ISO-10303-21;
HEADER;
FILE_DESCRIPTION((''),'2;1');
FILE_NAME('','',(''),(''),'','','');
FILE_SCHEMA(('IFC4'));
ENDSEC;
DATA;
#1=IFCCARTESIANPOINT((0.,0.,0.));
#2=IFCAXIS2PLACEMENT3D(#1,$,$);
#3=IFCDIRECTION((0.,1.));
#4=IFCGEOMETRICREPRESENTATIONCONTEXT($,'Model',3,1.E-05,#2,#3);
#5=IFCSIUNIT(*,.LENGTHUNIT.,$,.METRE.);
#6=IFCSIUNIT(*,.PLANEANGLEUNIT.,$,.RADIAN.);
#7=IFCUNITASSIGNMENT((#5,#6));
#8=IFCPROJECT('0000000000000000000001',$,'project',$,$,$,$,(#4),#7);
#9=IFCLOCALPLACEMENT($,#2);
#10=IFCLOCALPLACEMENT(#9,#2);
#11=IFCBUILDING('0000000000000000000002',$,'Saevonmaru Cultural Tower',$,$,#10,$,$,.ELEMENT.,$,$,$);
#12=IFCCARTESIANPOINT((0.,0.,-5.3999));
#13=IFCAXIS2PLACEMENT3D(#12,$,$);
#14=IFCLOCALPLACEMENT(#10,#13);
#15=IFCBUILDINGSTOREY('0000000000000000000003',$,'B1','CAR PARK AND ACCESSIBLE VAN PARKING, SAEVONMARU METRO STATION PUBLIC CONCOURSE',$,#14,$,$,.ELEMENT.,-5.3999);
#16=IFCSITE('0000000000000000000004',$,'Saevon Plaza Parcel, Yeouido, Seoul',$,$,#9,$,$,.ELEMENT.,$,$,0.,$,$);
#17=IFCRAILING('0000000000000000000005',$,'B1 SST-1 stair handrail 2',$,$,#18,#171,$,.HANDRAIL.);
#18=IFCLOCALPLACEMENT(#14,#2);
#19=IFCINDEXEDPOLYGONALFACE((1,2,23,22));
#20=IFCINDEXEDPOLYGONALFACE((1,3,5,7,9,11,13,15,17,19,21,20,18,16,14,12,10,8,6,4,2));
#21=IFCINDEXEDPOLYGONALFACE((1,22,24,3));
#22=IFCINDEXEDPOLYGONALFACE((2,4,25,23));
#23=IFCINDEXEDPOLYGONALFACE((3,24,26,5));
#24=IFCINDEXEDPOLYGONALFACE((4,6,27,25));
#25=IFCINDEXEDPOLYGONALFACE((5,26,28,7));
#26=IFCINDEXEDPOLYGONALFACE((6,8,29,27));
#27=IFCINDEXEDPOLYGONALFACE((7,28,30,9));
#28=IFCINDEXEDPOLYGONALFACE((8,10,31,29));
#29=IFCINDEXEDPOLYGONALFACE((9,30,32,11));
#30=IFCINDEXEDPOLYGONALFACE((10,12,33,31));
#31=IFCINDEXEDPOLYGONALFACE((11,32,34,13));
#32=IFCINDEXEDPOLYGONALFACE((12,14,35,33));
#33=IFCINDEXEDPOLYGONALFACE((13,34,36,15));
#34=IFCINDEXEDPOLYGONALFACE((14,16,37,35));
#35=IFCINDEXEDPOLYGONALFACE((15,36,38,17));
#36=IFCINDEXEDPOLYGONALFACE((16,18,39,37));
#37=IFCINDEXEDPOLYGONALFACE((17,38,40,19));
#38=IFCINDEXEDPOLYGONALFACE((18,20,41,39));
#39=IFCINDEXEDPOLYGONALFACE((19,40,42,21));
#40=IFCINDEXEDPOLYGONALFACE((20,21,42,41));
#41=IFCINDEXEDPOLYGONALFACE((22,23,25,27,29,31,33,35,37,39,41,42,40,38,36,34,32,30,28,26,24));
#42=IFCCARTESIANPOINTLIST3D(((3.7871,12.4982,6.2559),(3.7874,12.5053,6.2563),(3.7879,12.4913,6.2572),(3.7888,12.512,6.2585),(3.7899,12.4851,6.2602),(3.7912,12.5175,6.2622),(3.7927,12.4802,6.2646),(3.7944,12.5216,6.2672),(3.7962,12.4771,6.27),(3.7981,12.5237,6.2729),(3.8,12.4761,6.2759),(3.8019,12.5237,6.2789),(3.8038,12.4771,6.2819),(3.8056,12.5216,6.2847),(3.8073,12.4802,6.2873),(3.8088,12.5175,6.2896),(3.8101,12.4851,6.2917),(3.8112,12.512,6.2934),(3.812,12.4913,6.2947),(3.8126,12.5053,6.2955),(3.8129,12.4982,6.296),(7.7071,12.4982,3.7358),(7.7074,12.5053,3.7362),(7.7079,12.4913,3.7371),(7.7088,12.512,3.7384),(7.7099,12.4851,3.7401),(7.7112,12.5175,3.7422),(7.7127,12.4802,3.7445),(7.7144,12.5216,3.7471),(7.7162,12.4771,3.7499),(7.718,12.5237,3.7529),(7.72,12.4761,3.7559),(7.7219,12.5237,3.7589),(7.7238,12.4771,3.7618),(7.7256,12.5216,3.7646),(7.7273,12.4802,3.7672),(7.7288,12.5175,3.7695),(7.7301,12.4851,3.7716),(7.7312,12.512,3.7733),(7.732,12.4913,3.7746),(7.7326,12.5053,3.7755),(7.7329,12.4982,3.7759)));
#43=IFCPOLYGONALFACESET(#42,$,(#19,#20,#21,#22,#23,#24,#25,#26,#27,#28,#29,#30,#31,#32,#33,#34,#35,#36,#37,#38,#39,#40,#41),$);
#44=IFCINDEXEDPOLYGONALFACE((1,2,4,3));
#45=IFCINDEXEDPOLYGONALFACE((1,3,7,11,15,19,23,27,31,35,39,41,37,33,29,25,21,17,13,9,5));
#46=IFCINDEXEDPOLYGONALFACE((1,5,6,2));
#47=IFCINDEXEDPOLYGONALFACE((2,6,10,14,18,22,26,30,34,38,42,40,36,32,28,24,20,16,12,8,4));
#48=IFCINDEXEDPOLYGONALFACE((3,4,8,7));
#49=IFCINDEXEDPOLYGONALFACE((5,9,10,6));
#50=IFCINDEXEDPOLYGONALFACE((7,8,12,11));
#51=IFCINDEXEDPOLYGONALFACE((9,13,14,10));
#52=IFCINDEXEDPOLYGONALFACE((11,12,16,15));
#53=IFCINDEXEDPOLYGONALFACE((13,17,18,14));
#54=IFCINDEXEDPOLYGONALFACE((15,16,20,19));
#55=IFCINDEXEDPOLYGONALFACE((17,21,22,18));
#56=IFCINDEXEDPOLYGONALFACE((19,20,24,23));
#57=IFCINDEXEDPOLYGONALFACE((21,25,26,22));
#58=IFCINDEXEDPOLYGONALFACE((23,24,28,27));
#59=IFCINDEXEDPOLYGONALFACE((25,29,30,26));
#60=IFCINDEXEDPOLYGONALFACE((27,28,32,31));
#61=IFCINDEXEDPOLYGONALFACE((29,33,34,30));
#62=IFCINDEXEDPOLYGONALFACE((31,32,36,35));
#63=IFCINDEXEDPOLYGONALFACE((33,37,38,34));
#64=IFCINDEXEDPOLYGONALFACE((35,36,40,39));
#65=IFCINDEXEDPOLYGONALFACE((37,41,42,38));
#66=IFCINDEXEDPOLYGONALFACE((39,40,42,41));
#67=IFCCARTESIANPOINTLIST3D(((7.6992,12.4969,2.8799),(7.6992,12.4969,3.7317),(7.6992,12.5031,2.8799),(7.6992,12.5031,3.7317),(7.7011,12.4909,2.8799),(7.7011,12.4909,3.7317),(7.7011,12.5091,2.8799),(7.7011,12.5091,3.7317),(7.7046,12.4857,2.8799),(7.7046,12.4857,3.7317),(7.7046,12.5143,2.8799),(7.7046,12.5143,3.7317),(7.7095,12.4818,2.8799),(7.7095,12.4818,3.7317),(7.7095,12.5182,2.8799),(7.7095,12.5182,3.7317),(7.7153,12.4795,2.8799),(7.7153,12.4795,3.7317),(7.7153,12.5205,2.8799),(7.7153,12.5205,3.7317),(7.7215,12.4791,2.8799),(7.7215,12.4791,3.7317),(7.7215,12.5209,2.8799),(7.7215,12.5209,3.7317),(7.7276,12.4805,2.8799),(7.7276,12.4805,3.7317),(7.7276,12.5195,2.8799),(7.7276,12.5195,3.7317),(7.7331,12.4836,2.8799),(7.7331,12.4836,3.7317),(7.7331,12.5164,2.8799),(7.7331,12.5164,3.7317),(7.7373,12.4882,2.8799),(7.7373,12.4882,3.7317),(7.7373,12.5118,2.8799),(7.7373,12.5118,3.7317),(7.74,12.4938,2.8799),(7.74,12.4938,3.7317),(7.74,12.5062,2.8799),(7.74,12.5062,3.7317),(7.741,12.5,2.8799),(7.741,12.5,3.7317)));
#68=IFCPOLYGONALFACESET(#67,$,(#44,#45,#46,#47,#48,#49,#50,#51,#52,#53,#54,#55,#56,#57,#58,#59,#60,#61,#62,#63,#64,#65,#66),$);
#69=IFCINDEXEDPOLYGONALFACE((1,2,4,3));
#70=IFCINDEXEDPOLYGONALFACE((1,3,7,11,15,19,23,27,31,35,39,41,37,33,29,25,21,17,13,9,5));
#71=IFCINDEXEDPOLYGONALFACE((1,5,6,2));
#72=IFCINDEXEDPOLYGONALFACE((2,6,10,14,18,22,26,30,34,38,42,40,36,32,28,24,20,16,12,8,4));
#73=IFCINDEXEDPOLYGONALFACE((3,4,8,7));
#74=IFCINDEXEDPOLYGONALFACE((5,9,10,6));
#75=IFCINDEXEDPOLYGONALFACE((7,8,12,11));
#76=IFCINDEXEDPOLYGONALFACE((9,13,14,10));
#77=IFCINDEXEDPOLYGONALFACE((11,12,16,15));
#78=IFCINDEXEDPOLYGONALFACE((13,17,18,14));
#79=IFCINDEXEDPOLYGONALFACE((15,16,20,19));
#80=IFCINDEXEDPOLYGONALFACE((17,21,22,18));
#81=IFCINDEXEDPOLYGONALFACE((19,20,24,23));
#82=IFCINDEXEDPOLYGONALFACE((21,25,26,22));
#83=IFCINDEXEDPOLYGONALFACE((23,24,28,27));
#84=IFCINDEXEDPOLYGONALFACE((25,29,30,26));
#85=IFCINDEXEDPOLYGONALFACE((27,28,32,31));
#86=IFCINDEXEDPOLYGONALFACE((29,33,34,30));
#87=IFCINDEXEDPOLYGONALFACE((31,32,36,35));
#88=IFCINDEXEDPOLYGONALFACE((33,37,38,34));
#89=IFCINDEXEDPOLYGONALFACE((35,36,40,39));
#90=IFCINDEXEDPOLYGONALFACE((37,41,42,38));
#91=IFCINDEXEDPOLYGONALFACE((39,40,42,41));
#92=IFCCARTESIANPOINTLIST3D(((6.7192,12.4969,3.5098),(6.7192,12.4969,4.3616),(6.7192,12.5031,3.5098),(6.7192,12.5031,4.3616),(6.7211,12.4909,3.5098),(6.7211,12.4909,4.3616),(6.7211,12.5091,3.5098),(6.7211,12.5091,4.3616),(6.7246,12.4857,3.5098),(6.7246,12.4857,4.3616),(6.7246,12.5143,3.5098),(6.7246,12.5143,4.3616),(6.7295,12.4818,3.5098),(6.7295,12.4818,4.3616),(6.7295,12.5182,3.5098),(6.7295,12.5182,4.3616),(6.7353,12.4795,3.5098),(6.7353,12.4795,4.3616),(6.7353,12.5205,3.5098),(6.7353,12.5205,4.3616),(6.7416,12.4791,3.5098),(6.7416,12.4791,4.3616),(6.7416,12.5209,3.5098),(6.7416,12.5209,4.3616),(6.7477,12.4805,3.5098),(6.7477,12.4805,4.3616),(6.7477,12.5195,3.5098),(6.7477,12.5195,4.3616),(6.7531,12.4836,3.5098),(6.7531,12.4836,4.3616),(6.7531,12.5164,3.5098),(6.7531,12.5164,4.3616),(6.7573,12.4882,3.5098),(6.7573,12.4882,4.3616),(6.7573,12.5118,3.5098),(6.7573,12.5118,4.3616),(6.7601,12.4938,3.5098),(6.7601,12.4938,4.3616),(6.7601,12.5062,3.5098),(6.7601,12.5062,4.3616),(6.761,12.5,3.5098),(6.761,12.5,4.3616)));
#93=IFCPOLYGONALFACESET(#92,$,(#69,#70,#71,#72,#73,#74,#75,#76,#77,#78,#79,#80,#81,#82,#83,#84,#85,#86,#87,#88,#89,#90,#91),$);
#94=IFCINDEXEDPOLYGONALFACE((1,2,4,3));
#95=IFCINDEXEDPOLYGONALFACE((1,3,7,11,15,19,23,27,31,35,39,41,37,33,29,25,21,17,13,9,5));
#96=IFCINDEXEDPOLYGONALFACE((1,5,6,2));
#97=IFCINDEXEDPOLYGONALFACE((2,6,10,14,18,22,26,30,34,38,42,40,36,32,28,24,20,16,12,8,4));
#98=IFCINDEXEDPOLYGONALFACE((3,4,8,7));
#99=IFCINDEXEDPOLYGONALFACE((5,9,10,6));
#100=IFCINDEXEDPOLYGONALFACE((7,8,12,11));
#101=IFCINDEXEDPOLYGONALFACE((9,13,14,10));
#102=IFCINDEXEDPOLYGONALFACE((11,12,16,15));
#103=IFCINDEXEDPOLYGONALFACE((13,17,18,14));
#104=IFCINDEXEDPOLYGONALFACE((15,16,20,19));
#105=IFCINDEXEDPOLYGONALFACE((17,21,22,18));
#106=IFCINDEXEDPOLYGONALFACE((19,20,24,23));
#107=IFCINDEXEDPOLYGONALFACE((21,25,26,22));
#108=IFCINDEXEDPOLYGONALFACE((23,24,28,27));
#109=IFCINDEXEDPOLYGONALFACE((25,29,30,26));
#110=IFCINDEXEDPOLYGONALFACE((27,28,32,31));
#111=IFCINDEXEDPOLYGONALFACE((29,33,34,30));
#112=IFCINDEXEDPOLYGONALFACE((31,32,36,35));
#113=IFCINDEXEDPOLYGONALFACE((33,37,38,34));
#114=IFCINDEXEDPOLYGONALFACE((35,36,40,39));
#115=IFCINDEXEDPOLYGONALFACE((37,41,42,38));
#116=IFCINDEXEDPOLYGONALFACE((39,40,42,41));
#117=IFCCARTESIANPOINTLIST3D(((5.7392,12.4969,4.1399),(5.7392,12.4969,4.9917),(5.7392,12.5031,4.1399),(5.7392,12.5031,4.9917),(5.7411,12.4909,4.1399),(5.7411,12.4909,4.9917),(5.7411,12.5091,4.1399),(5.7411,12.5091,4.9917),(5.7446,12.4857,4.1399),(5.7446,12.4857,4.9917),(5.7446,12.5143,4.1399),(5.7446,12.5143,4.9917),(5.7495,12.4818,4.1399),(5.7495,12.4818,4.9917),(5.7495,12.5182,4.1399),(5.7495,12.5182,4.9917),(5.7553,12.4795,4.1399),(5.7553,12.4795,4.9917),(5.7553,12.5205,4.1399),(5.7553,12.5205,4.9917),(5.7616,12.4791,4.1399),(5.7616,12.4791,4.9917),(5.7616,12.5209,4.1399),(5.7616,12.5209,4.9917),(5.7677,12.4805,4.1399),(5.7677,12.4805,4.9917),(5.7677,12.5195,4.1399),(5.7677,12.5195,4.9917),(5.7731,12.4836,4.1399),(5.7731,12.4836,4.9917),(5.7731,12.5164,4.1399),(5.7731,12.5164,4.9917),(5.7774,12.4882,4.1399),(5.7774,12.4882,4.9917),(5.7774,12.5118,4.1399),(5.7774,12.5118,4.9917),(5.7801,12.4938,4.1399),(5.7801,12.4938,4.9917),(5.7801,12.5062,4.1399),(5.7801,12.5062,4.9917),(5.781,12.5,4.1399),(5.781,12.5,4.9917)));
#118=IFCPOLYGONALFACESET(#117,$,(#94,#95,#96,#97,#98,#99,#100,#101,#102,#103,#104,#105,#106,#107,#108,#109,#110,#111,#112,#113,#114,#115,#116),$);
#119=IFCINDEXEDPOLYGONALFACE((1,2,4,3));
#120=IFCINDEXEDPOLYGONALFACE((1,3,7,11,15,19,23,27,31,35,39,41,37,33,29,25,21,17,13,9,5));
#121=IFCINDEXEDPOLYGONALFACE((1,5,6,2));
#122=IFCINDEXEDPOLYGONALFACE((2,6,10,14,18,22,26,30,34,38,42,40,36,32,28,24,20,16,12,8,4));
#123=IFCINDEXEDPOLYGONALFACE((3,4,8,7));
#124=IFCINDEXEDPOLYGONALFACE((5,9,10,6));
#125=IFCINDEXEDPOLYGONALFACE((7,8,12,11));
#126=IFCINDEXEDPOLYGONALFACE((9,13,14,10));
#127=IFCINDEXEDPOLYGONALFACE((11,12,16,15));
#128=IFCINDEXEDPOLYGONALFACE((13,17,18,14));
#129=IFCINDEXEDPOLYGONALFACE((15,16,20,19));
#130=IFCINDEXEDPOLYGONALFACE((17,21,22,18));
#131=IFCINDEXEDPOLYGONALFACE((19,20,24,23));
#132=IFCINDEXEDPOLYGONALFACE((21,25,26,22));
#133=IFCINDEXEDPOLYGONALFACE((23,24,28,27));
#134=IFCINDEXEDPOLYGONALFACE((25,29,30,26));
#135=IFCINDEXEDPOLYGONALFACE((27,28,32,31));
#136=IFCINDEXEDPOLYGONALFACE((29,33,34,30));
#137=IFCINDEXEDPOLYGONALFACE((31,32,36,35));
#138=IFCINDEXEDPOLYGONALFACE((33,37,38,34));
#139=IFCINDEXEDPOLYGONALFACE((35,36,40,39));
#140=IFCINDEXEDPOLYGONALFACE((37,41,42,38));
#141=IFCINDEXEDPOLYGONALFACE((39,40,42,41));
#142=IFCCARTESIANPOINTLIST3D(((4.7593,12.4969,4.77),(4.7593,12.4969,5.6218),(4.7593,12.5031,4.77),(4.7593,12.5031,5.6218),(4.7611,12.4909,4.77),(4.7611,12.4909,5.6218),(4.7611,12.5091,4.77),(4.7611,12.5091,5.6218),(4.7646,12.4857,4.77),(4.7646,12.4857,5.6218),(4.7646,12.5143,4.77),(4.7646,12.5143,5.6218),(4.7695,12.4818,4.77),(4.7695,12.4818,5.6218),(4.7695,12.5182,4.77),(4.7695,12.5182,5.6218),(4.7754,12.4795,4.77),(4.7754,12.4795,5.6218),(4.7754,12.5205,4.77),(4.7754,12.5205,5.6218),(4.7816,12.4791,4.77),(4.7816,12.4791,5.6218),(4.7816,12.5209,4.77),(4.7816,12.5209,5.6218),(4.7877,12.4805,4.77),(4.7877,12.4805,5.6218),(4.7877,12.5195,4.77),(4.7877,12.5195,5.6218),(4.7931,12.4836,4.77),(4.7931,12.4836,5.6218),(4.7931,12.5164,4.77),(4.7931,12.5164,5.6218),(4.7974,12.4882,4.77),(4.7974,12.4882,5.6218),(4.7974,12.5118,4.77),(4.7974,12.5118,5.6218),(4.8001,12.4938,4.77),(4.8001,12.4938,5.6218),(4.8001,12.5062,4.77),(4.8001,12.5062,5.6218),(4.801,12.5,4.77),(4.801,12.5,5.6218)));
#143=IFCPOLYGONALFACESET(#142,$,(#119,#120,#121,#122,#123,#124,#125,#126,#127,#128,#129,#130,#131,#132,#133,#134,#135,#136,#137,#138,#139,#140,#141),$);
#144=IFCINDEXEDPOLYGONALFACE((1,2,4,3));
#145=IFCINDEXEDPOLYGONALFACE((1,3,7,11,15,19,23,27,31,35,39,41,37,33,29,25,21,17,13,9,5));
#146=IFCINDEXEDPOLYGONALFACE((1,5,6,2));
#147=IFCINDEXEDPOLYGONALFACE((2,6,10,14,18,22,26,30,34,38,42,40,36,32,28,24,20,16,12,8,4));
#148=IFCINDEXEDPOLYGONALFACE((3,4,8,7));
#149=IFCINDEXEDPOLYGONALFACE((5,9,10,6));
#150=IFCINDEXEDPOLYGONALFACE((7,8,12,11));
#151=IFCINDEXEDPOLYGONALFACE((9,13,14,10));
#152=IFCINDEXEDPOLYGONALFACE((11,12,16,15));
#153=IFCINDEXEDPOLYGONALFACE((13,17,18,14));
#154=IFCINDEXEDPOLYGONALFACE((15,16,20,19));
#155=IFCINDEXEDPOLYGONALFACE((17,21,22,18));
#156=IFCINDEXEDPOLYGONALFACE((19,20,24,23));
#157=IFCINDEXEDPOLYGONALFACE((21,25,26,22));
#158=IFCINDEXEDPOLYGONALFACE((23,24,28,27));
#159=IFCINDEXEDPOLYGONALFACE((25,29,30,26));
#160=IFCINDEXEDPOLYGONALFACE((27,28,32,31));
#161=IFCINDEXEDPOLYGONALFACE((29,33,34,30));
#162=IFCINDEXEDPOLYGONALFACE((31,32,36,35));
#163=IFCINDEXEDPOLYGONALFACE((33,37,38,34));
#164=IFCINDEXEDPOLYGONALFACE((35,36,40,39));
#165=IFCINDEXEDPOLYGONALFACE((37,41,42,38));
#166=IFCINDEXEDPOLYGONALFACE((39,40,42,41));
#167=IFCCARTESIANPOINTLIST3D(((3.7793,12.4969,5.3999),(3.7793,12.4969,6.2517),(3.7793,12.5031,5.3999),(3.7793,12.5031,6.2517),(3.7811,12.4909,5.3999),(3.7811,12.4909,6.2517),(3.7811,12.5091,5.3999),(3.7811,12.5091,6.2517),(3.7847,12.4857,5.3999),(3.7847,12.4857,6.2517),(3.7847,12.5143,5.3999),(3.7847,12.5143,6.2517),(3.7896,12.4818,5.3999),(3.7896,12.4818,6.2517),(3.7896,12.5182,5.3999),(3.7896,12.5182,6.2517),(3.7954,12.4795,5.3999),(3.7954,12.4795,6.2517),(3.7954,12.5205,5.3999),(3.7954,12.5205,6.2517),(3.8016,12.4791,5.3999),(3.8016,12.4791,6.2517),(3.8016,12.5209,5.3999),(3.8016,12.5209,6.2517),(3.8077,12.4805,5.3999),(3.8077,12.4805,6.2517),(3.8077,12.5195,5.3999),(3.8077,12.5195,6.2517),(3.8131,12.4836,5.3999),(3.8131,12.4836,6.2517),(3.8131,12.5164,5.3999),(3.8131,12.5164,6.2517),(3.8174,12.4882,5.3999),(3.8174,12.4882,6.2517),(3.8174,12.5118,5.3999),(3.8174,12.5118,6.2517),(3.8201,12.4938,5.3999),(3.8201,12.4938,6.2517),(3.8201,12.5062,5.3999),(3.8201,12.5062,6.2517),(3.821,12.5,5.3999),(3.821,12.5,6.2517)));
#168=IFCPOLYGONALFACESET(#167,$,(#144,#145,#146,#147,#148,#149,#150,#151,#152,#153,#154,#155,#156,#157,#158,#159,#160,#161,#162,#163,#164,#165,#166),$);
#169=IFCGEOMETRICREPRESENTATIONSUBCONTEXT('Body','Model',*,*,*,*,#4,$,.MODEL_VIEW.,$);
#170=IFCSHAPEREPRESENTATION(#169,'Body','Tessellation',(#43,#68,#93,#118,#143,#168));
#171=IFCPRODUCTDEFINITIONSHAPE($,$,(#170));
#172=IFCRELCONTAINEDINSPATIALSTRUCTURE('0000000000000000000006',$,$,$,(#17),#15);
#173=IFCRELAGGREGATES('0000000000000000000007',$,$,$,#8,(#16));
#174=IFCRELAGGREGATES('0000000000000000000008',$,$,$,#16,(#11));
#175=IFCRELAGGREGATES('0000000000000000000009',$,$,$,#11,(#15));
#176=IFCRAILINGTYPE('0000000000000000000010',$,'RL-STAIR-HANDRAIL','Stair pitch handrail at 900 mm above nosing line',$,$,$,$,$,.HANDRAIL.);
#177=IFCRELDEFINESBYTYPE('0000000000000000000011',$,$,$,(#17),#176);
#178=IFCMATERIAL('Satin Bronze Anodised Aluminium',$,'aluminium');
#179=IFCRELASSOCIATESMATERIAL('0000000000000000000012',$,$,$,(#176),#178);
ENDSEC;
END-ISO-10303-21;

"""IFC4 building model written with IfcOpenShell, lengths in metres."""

from ifc_helpers import new_model, si_unit, direction, frame, origin, origin_2d, place, context, subcontext, project, spatial, circle, extrude, material, type_object, element, save


model = new_model("IFC4")

# Units and contexts
model_context = context("Model", 3, precision=1e-05, world=origin(), true_north=direction((0.0, 1.0)))
body_context = subcontext(model_context, "Body", "Model", "MODEL_VIEW")
ifc_project = project(units=[si_unit("LENGTHUNIT", "METRE"), si_unit("PLANEANGLEUNIT", "RADIAN")], contexts=[model_context])

# Site, building, storey
site_placement = place(None, origin())
site = spatial("IfcSite", under=ifc_project, at=site_placement, Name="Saevon Plaza Parcel, Yeouido, Seoul", CompositionType="ELEMENT", RefElevation=0.0)
building_placement = place(site_placement, origin())
building = spatial("IfcBuilding", under=site, at=building_placement, Name="Saevonmaru Cultural Tower", CompositionType="ELEMENT")
storey_placement = place(building_placement, frame((0.0, 0.0, -5.3999)))
storey = spatial("IfcBuildingStorey", under=building, at=storey_placement, Name="B1", Description="CAR PARK AND ACCESSIBLE VAN PARKING, SAEVONMARU METRO STATION PUBLIC CONCOURSE", CompositionType="ELEMENT", Elevation=-5.3999)

# Shared definitions
ifc_material_1 = material(Name="Satin Bronze Anodised Aluminium", Category="aluminium")

# Railing
railing_type = type_object("IfcRailingType", Name="RL-STAIR-HANDRAIL", Description="Stair pitch handrail at 900 mm above nosing line", PredefinedType="HANDRAIL", material=ifc_material_1)
railing_placement = place(storey_placement, frame((7.72, 12.5, 2.8799)))
element("IfcRailing", 1, at=railing_placement, inside=storey, type_object=railing_type, Name="B1 SST-1 stair handrail 2", PredefinedType="HANDRAIL", context=body_context, shape_type="SweptSolid", body=[
    extrude(circle(Radius=0.0239, at=origin_2d()), frame((0.0, 0.0, 0.876), z_axis=(-0.841172, 0.0, 0.540768), x_axis=(0.0, -1.0, 0.0)), (0.0, 0.0, 1.0), 4.6602),
    extrude(circle(Radius=0.021, at=origin_2d()), origin(), (0.0, 0.0, 1.0), 0.8518),
    extrude(circle(Radius=0.021, at=origin_2d()), frame((-0.98, 0.0, 0.6299)), (0.0, 0.0, 1.0), 0.8518),
    extrude(circle(Radius=0.021, at=origin_2d()), frame((-1.96, 0.0, 1.26)), (0.0, 0.0, 1.0), 0.8518),
    extrude(circle(Radius=0.021, at=origin_2d()), frame((-2.9399, 0.0, 1.8901)), (0.0, 0.0, 1.0), 0.8518),
    extrude(circle(Radius=0.021, at=origin_2d()), frame((-3.9199, 0.0, 2.52)), (0.0, 0.0, 1.0), 0.8518),
])

save(model, "model.ifc")
